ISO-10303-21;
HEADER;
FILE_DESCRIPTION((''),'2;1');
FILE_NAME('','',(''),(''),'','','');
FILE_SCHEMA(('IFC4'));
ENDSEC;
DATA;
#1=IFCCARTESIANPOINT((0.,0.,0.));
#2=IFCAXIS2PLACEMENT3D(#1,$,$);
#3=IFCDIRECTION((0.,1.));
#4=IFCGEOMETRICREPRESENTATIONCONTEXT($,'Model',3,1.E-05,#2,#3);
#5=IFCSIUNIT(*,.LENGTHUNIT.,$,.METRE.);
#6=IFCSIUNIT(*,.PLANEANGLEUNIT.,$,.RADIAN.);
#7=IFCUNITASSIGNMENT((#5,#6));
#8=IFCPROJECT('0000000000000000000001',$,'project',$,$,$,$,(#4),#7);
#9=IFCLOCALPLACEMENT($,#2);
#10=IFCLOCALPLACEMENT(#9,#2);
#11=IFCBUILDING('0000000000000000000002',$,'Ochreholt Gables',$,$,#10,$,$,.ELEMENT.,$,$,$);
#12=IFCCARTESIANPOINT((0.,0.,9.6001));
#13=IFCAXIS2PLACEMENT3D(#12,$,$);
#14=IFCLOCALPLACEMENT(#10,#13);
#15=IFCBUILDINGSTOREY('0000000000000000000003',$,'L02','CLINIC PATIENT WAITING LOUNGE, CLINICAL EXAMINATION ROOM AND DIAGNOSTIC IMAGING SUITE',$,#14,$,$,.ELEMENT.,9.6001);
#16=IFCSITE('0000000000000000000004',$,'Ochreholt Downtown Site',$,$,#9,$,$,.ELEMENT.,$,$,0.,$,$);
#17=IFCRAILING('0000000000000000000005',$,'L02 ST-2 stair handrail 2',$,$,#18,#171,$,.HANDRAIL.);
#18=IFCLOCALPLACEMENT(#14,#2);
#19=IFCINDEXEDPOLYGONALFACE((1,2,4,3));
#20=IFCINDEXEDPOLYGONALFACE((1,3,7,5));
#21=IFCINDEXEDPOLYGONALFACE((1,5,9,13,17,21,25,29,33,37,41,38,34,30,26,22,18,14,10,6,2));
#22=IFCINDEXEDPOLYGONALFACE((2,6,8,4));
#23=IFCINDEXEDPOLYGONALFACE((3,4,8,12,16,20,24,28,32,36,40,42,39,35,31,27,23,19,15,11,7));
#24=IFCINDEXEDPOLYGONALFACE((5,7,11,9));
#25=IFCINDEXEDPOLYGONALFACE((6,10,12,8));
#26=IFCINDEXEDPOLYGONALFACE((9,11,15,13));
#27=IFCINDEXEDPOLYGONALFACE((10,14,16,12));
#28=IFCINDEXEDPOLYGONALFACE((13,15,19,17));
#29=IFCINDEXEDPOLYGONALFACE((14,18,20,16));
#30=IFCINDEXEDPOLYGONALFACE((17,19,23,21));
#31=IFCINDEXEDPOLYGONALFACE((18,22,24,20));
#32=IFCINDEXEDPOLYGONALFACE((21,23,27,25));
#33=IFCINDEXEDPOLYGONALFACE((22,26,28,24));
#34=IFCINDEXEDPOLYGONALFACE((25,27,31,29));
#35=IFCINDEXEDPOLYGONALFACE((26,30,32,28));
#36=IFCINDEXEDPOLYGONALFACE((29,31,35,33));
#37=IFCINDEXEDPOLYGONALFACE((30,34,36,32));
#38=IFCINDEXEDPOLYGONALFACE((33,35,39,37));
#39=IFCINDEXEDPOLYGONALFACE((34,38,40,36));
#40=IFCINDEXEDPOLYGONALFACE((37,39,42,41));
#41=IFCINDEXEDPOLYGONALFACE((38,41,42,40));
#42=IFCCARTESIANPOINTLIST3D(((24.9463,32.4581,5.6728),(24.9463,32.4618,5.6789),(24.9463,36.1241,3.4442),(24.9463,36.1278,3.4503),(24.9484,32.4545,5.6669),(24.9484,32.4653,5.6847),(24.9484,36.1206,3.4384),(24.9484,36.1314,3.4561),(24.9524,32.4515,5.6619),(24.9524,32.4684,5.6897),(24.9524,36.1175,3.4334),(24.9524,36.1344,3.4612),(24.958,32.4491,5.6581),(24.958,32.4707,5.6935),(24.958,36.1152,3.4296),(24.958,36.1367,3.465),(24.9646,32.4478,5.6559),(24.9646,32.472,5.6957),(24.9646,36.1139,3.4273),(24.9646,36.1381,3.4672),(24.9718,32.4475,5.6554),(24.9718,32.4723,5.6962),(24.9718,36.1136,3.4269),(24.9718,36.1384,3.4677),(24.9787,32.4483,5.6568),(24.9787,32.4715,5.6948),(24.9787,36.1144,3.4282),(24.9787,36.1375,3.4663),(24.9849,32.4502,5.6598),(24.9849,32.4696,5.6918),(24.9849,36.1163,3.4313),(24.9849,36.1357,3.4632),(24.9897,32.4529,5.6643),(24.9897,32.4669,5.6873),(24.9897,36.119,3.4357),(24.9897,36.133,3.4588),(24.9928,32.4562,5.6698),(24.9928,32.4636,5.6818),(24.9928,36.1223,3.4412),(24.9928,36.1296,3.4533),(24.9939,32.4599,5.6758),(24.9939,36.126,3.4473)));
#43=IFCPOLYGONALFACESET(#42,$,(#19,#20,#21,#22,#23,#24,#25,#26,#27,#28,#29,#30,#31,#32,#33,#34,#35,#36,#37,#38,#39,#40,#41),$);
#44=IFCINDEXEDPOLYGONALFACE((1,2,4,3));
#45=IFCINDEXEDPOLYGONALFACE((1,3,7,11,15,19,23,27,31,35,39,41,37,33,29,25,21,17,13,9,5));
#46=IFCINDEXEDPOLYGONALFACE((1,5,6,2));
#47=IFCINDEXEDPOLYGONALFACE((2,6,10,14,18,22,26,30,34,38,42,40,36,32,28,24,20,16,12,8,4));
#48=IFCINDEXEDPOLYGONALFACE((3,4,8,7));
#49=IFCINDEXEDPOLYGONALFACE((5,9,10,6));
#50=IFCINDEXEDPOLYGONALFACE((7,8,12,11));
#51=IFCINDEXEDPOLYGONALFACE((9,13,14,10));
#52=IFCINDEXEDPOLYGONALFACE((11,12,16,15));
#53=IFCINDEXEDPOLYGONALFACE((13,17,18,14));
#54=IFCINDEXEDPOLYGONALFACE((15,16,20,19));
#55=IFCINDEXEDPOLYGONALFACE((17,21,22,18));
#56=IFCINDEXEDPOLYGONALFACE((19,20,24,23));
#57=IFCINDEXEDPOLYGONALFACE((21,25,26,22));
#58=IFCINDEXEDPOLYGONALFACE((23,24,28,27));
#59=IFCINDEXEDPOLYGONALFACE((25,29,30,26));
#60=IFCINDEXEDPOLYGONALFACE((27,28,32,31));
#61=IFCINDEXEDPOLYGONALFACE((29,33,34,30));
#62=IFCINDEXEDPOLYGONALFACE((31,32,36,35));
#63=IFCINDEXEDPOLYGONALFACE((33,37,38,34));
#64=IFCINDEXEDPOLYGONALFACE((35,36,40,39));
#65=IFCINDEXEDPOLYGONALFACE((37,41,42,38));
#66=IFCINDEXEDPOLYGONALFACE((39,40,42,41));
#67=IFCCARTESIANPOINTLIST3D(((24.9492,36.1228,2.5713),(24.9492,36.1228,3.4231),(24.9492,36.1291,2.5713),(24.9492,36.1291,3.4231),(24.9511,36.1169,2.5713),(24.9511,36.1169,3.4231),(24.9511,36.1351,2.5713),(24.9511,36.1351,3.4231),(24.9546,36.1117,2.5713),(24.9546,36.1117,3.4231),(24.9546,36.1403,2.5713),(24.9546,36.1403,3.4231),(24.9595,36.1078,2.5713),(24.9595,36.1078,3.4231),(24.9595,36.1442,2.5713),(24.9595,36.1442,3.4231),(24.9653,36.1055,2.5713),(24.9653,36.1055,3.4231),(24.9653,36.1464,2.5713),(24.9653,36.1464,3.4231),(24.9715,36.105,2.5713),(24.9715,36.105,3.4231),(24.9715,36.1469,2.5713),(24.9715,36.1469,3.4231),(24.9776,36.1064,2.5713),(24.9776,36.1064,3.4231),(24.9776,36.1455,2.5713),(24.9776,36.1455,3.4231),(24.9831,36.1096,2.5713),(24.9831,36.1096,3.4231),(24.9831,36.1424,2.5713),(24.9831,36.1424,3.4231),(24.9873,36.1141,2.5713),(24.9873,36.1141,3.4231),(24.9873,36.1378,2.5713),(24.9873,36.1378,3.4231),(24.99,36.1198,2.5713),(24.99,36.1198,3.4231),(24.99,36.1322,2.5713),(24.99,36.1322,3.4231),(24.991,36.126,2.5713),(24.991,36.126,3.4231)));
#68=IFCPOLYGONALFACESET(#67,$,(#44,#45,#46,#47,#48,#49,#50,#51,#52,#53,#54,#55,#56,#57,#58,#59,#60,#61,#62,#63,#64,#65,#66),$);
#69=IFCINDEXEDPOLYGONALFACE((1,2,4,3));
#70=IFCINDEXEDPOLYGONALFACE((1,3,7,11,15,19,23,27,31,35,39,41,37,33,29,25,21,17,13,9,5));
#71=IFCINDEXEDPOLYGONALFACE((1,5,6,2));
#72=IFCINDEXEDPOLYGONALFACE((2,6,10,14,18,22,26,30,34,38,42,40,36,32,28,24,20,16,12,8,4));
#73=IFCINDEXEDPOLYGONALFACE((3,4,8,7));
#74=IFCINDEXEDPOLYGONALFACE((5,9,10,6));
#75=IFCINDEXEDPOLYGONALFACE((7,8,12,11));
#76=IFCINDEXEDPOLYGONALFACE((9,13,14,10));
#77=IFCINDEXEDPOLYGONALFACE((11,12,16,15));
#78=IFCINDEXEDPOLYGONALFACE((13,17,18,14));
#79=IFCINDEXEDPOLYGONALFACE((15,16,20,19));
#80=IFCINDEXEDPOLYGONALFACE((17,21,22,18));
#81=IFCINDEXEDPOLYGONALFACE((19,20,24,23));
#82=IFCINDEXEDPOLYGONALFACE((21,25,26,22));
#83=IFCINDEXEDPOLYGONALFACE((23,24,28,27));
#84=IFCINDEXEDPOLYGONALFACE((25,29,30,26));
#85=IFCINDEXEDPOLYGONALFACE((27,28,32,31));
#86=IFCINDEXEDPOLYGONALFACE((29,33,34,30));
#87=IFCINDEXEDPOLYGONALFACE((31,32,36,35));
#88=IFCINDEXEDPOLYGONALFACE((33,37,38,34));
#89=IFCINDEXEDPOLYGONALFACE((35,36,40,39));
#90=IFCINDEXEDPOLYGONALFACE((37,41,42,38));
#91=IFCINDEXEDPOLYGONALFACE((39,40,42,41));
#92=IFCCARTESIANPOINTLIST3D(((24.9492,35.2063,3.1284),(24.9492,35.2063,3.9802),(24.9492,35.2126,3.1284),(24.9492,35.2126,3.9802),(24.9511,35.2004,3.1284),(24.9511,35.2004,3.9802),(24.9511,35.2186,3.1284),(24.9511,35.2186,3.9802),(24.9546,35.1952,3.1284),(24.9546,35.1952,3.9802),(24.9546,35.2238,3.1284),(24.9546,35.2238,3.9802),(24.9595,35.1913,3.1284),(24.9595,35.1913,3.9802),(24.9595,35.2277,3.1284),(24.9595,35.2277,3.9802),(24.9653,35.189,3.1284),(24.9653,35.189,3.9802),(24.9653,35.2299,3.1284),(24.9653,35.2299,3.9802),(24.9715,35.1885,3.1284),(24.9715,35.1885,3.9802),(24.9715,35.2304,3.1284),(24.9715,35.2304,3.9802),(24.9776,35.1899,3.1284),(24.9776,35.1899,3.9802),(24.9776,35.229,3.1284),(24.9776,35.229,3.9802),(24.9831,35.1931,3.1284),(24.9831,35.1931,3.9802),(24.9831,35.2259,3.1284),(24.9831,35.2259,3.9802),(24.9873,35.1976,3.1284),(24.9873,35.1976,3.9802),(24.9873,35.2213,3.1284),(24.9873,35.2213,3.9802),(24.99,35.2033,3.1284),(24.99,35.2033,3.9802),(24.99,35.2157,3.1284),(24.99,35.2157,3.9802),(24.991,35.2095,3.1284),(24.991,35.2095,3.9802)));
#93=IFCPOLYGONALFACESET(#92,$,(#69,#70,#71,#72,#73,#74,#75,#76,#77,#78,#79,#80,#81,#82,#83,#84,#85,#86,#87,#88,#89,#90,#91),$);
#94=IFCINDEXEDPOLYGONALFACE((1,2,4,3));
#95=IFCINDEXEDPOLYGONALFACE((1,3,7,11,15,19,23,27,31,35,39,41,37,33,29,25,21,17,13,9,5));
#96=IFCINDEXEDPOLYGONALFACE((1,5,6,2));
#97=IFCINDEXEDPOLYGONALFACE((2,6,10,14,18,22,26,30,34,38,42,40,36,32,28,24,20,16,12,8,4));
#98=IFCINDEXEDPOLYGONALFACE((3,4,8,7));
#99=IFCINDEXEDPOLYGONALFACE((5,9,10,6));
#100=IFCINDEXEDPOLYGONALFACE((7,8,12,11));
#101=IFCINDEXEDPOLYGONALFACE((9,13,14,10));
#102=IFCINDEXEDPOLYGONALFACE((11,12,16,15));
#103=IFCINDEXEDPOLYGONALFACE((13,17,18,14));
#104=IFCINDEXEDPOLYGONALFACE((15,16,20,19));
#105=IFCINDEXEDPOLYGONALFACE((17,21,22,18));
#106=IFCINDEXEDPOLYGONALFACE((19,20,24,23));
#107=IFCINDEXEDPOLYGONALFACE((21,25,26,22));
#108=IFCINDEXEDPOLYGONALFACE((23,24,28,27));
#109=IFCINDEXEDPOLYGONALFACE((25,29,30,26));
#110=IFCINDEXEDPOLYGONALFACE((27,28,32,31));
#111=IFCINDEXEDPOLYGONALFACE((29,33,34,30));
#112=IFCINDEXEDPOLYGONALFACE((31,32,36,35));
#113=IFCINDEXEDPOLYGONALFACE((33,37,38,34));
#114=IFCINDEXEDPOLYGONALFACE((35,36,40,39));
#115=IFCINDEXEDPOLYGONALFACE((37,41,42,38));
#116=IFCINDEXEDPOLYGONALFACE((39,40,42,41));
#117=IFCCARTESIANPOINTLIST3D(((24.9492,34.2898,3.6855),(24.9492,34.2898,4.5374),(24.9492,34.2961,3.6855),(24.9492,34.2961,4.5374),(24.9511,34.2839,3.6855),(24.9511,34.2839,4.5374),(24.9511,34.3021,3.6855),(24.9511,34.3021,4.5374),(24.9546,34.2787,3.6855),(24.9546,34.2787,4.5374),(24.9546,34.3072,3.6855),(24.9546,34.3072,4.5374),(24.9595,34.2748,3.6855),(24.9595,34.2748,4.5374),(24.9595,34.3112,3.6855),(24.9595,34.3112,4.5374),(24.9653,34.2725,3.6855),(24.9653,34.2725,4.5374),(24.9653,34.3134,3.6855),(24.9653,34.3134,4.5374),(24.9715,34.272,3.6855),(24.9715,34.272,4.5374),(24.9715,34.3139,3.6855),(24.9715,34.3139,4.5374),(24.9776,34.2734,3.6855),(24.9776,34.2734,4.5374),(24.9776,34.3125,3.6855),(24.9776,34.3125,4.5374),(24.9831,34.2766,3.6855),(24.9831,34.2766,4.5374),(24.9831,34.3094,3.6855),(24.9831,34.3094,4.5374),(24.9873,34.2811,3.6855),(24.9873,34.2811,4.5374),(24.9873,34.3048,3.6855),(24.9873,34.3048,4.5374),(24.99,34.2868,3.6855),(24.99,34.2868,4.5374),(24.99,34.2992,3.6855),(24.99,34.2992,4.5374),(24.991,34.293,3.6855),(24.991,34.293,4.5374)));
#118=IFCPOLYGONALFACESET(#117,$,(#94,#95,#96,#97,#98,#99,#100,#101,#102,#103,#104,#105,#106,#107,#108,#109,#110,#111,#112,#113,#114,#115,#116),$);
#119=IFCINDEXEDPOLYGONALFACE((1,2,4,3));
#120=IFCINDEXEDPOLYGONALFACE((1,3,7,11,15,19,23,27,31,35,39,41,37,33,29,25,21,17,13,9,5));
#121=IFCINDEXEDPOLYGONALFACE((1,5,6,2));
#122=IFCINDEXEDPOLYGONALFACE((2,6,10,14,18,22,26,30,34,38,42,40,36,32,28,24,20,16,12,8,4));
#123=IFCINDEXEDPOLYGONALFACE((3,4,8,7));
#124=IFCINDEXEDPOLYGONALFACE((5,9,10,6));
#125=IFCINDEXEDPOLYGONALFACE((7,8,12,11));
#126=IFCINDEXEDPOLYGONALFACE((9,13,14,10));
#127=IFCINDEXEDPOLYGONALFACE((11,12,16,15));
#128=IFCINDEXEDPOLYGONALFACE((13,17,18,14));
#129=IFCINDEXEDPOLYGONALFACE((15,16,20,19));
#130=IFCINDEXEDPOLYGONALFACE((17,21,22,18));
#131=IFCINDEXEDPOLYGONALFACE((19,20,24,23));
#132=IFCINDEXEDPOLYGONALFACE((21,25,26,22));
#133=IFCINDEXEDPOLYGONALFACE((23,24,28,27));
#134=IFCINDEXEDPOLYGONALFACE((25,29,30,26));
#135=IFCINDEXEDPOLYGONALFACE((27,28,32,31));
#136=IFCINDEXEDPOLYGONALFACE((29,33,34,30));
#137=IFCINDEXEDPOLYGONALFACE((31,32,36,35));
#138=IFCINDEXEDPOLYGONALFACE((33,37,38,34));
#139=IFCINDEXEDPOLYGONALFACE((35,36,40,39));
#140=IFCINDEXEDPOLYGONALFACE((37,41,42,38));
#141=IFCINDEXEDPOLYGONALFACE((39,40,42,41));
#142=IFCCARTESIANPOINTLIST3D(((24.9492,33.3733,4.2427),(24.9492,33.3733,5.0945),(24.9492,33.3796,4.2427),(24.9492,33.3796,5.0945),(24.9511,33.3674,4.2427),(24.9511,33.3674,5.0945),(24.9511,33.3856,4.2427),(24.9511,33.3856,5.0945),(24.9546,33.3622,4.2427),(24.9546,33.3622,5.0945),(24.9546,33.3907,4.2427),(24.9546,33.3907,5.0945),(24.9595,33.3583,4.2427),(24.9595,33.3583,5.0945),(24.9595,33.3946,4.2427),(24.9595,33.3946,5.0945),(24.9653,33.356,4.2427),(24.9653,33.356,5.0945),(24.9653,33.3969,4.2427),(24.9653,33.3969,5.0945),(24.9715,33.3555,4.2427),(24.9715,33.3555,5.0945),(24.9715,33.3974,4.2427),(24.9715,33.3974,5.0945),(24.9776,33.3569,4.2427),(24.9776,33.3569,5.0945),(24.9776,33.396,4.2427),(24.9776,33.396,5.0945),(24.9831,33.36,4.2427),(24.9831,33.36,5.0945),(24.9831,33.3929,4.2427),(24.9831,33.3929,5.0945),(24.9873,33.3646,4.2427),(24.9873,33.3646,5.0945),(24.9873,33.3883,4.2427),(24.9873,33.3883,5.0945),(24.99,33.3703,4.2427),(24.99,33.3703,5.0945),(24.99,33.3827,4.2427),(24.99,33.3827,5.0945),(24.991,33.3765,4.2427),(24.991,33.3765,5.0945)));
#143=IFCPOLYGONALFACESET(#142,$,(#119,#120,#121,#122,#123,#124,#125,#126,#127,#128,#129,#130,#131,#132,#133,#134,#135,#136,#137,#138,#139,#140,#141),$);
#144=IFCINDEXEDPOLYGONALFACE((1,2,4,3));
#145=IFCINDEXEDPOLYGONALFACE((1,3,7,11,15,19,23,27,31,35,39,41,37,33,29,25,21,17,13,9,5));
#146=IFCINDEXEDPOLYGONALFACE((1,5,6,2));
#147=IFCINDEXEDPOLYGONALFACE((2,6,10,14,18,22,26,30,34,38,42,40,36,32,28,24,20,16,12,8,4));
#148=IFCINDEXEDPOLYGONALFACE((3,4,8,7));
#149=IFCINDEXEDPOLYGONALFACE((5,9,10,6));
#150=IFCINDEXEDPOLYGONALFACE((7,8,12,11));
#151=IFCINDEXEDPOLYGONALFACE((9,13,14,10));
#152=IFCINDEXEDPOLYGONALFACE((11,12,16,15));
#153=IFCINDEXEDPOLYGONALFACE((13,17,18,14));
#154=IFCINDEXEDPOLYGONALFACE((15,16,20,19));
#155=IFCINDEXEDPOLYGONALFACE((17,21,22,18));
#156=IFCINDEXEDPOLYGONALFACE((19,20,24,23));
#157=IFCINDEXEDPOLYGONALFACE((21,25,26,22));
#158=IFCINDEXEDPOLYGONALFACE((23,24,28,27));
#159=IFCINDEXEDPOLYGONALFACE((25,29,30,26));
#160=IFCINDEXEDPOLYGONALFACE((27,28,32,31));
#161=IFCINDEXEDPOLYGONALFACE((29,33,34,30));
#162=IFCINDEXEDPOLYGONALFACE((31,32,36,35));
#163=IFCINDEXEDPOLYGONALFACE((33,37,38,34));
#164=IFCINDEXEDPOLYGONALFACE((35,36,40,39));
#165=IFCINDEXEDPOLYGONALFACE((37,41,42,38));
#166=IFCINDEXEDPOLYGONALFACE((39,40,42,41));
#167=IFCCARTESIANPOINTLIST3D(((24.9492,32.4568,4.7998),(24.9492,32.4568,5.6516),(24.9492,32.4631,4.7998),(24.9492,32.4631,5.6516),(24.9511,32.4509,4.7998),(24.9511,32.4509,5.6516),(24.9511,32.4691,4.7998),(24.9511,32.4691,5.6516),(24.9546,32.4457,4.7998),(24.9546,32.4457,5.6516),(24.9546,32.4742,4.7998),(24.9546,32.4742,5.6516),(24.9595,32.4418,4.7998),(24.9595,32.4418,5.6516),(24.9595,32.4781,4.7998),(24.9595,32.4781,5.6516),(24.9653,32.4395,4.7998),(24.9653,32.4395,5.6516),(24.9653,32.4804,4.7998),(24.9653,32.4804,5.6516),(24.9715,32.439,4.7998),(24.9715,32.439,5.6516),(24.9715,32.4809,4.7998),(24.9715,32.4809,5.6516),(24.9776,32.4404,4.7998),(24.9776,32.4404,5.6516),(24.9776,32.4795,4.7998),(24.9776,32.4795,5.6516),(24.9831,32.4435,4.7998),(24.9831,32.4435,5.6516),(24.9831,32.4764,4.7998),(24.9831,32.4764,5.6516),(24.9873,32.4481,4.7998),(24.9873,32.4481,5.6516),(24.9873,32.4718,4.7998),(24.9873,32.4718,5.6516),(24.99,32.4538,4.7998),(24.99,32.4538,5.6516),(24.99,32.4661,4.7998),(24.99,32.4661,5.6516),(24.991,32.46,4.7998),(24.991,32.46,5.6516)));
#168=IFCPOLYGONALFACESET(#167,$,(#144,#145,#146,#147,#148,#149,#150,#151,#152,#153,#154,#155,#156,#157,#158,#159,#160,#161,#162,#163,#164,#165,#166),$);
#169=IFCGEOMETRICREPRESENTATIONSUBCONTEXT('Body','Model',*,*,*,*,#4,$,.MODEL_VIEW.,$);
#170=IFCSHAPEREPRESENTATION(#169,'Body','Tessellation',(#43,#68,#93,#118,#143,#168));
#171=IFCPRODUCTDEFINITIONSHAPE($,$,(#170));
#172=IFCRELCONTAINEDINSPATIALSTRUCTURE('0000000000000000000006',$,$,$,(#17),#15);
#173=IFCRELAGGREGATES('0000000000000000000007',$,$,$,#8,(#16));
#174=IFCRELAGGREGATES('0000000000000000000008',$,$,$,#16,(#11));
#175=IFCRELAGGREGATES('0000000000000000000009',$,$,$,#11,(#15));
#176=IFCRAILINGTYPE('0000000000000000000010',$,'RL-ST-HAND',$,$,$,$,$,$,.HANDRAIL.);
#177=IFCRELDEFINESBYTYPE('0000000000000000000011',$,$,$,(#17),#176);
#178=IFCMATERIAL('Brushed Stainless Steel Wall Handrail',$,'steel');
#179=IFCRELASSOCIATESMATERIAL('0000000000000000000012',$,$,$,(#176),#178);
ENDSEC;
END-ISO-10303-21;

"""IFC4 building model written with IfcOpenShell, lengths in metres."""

from ifc_helpers import new_model, si_unit, direction, frame, origin, origin_2d, place, context, subcontext, project, spatial, circle, extrude, material, type_object, element, save


model = new_model("IFC4")

# Units and contexts
model_context = context("Model", 3, precision=1e-05, world=origin(), true_north=direction((0.0, 1.0)))
body_context = subcontext(model_context, "Body", "Model", "MODEL_VIEW")
ifc_project = project(units=[si_unit("LENGTHUNIT", "METRE"), si_unit("PLANEANGLEUNIT", "RADIAN")], contexts=[model_context])

# Site, building, storey
site_placement = place(None, origin())
site = spatial("IfcSite", under=ifc_project, at=site_placement, Name="Ochreholt Downtown Site", CompositionType="ELEMENT", RefElevation=0.0)
building_placement = place(site_placement, origin())
building = spatial("IfcBuilding", under=site, at=building_placement, Name="Ochreholt Gables", CompositionType="ELEMENT")
storey_placement = place(building_placement, frame((0.0, 0.0, 9.6001)))
storey = spatial("IfcBuildingStorey", under=building, at=storey_placement, Name="L02", Description="CLINIC PATIENT WAITING LOUNGE, CLINICAL EXAMINATION ROOM AND DIAGNOSTIC IMAGING SUITE", CompositionType="ELEMENT", Elevation=9.6001)

# Railing
ifc_material_1 = material(Name="Brushed Stainless Steel Wall Handrail", Category="steel")
railing_type_1 = type_object("IfcRailingType", Name="RL-ST-HAND", PredefinedType="HANDRAIL", material=ifc_material_1)
railing_1_placement = place(storey_placement, frame((24.97, 36.126, 2.5713)))
element("IfcRailing", 1, at=railing_1_placement, inside=storey, type_object=railing_type_1, Name="L02 ST-2 stair handrail 2", PredefinedType="HANDRAIL", context=body_context, shape_type="SweptSolid", body=[
    extrude(circle(Radius=0.0239, at=origin_2d()), frame((0.0, 0.0, 0.876), z_axis=(0.0, -0.854506, 0.519441), x_axis=(1.0, 0.0, 0.0)), (0.0, 0.0, 1.0), 4.2903),
    extrude(circle(Radius=0.021, at=origin_2d()), origin(), (0.0, 0.0, 1.0), 0.8518),
    extrude(circle(Radius=0.021, at=origin_2d()), frame((0.0, -0.9165, 0.5571)), (0.0, 0.0, 1.0), 0.8518),
    extrude(circle(Radius=0.021, at=origin_2d()), frame((0.0, -1.833, 1.1143)), (0.0, 0.0, 1.0), 0.8518),
    extrude(circle(Radius=0.021, at=origin_2d()), frame((0.0, -2.7495, 1.6714)), (0.0, 0.0, 1.0), 0.8518),
    extrude(circle(Radius=0.021, at=origin_2d()), frame((0.0, -3.666, 2.2285)), (0.0, 0.0, 1.0), 0.8518),
])

save(model, "model.ifc")
